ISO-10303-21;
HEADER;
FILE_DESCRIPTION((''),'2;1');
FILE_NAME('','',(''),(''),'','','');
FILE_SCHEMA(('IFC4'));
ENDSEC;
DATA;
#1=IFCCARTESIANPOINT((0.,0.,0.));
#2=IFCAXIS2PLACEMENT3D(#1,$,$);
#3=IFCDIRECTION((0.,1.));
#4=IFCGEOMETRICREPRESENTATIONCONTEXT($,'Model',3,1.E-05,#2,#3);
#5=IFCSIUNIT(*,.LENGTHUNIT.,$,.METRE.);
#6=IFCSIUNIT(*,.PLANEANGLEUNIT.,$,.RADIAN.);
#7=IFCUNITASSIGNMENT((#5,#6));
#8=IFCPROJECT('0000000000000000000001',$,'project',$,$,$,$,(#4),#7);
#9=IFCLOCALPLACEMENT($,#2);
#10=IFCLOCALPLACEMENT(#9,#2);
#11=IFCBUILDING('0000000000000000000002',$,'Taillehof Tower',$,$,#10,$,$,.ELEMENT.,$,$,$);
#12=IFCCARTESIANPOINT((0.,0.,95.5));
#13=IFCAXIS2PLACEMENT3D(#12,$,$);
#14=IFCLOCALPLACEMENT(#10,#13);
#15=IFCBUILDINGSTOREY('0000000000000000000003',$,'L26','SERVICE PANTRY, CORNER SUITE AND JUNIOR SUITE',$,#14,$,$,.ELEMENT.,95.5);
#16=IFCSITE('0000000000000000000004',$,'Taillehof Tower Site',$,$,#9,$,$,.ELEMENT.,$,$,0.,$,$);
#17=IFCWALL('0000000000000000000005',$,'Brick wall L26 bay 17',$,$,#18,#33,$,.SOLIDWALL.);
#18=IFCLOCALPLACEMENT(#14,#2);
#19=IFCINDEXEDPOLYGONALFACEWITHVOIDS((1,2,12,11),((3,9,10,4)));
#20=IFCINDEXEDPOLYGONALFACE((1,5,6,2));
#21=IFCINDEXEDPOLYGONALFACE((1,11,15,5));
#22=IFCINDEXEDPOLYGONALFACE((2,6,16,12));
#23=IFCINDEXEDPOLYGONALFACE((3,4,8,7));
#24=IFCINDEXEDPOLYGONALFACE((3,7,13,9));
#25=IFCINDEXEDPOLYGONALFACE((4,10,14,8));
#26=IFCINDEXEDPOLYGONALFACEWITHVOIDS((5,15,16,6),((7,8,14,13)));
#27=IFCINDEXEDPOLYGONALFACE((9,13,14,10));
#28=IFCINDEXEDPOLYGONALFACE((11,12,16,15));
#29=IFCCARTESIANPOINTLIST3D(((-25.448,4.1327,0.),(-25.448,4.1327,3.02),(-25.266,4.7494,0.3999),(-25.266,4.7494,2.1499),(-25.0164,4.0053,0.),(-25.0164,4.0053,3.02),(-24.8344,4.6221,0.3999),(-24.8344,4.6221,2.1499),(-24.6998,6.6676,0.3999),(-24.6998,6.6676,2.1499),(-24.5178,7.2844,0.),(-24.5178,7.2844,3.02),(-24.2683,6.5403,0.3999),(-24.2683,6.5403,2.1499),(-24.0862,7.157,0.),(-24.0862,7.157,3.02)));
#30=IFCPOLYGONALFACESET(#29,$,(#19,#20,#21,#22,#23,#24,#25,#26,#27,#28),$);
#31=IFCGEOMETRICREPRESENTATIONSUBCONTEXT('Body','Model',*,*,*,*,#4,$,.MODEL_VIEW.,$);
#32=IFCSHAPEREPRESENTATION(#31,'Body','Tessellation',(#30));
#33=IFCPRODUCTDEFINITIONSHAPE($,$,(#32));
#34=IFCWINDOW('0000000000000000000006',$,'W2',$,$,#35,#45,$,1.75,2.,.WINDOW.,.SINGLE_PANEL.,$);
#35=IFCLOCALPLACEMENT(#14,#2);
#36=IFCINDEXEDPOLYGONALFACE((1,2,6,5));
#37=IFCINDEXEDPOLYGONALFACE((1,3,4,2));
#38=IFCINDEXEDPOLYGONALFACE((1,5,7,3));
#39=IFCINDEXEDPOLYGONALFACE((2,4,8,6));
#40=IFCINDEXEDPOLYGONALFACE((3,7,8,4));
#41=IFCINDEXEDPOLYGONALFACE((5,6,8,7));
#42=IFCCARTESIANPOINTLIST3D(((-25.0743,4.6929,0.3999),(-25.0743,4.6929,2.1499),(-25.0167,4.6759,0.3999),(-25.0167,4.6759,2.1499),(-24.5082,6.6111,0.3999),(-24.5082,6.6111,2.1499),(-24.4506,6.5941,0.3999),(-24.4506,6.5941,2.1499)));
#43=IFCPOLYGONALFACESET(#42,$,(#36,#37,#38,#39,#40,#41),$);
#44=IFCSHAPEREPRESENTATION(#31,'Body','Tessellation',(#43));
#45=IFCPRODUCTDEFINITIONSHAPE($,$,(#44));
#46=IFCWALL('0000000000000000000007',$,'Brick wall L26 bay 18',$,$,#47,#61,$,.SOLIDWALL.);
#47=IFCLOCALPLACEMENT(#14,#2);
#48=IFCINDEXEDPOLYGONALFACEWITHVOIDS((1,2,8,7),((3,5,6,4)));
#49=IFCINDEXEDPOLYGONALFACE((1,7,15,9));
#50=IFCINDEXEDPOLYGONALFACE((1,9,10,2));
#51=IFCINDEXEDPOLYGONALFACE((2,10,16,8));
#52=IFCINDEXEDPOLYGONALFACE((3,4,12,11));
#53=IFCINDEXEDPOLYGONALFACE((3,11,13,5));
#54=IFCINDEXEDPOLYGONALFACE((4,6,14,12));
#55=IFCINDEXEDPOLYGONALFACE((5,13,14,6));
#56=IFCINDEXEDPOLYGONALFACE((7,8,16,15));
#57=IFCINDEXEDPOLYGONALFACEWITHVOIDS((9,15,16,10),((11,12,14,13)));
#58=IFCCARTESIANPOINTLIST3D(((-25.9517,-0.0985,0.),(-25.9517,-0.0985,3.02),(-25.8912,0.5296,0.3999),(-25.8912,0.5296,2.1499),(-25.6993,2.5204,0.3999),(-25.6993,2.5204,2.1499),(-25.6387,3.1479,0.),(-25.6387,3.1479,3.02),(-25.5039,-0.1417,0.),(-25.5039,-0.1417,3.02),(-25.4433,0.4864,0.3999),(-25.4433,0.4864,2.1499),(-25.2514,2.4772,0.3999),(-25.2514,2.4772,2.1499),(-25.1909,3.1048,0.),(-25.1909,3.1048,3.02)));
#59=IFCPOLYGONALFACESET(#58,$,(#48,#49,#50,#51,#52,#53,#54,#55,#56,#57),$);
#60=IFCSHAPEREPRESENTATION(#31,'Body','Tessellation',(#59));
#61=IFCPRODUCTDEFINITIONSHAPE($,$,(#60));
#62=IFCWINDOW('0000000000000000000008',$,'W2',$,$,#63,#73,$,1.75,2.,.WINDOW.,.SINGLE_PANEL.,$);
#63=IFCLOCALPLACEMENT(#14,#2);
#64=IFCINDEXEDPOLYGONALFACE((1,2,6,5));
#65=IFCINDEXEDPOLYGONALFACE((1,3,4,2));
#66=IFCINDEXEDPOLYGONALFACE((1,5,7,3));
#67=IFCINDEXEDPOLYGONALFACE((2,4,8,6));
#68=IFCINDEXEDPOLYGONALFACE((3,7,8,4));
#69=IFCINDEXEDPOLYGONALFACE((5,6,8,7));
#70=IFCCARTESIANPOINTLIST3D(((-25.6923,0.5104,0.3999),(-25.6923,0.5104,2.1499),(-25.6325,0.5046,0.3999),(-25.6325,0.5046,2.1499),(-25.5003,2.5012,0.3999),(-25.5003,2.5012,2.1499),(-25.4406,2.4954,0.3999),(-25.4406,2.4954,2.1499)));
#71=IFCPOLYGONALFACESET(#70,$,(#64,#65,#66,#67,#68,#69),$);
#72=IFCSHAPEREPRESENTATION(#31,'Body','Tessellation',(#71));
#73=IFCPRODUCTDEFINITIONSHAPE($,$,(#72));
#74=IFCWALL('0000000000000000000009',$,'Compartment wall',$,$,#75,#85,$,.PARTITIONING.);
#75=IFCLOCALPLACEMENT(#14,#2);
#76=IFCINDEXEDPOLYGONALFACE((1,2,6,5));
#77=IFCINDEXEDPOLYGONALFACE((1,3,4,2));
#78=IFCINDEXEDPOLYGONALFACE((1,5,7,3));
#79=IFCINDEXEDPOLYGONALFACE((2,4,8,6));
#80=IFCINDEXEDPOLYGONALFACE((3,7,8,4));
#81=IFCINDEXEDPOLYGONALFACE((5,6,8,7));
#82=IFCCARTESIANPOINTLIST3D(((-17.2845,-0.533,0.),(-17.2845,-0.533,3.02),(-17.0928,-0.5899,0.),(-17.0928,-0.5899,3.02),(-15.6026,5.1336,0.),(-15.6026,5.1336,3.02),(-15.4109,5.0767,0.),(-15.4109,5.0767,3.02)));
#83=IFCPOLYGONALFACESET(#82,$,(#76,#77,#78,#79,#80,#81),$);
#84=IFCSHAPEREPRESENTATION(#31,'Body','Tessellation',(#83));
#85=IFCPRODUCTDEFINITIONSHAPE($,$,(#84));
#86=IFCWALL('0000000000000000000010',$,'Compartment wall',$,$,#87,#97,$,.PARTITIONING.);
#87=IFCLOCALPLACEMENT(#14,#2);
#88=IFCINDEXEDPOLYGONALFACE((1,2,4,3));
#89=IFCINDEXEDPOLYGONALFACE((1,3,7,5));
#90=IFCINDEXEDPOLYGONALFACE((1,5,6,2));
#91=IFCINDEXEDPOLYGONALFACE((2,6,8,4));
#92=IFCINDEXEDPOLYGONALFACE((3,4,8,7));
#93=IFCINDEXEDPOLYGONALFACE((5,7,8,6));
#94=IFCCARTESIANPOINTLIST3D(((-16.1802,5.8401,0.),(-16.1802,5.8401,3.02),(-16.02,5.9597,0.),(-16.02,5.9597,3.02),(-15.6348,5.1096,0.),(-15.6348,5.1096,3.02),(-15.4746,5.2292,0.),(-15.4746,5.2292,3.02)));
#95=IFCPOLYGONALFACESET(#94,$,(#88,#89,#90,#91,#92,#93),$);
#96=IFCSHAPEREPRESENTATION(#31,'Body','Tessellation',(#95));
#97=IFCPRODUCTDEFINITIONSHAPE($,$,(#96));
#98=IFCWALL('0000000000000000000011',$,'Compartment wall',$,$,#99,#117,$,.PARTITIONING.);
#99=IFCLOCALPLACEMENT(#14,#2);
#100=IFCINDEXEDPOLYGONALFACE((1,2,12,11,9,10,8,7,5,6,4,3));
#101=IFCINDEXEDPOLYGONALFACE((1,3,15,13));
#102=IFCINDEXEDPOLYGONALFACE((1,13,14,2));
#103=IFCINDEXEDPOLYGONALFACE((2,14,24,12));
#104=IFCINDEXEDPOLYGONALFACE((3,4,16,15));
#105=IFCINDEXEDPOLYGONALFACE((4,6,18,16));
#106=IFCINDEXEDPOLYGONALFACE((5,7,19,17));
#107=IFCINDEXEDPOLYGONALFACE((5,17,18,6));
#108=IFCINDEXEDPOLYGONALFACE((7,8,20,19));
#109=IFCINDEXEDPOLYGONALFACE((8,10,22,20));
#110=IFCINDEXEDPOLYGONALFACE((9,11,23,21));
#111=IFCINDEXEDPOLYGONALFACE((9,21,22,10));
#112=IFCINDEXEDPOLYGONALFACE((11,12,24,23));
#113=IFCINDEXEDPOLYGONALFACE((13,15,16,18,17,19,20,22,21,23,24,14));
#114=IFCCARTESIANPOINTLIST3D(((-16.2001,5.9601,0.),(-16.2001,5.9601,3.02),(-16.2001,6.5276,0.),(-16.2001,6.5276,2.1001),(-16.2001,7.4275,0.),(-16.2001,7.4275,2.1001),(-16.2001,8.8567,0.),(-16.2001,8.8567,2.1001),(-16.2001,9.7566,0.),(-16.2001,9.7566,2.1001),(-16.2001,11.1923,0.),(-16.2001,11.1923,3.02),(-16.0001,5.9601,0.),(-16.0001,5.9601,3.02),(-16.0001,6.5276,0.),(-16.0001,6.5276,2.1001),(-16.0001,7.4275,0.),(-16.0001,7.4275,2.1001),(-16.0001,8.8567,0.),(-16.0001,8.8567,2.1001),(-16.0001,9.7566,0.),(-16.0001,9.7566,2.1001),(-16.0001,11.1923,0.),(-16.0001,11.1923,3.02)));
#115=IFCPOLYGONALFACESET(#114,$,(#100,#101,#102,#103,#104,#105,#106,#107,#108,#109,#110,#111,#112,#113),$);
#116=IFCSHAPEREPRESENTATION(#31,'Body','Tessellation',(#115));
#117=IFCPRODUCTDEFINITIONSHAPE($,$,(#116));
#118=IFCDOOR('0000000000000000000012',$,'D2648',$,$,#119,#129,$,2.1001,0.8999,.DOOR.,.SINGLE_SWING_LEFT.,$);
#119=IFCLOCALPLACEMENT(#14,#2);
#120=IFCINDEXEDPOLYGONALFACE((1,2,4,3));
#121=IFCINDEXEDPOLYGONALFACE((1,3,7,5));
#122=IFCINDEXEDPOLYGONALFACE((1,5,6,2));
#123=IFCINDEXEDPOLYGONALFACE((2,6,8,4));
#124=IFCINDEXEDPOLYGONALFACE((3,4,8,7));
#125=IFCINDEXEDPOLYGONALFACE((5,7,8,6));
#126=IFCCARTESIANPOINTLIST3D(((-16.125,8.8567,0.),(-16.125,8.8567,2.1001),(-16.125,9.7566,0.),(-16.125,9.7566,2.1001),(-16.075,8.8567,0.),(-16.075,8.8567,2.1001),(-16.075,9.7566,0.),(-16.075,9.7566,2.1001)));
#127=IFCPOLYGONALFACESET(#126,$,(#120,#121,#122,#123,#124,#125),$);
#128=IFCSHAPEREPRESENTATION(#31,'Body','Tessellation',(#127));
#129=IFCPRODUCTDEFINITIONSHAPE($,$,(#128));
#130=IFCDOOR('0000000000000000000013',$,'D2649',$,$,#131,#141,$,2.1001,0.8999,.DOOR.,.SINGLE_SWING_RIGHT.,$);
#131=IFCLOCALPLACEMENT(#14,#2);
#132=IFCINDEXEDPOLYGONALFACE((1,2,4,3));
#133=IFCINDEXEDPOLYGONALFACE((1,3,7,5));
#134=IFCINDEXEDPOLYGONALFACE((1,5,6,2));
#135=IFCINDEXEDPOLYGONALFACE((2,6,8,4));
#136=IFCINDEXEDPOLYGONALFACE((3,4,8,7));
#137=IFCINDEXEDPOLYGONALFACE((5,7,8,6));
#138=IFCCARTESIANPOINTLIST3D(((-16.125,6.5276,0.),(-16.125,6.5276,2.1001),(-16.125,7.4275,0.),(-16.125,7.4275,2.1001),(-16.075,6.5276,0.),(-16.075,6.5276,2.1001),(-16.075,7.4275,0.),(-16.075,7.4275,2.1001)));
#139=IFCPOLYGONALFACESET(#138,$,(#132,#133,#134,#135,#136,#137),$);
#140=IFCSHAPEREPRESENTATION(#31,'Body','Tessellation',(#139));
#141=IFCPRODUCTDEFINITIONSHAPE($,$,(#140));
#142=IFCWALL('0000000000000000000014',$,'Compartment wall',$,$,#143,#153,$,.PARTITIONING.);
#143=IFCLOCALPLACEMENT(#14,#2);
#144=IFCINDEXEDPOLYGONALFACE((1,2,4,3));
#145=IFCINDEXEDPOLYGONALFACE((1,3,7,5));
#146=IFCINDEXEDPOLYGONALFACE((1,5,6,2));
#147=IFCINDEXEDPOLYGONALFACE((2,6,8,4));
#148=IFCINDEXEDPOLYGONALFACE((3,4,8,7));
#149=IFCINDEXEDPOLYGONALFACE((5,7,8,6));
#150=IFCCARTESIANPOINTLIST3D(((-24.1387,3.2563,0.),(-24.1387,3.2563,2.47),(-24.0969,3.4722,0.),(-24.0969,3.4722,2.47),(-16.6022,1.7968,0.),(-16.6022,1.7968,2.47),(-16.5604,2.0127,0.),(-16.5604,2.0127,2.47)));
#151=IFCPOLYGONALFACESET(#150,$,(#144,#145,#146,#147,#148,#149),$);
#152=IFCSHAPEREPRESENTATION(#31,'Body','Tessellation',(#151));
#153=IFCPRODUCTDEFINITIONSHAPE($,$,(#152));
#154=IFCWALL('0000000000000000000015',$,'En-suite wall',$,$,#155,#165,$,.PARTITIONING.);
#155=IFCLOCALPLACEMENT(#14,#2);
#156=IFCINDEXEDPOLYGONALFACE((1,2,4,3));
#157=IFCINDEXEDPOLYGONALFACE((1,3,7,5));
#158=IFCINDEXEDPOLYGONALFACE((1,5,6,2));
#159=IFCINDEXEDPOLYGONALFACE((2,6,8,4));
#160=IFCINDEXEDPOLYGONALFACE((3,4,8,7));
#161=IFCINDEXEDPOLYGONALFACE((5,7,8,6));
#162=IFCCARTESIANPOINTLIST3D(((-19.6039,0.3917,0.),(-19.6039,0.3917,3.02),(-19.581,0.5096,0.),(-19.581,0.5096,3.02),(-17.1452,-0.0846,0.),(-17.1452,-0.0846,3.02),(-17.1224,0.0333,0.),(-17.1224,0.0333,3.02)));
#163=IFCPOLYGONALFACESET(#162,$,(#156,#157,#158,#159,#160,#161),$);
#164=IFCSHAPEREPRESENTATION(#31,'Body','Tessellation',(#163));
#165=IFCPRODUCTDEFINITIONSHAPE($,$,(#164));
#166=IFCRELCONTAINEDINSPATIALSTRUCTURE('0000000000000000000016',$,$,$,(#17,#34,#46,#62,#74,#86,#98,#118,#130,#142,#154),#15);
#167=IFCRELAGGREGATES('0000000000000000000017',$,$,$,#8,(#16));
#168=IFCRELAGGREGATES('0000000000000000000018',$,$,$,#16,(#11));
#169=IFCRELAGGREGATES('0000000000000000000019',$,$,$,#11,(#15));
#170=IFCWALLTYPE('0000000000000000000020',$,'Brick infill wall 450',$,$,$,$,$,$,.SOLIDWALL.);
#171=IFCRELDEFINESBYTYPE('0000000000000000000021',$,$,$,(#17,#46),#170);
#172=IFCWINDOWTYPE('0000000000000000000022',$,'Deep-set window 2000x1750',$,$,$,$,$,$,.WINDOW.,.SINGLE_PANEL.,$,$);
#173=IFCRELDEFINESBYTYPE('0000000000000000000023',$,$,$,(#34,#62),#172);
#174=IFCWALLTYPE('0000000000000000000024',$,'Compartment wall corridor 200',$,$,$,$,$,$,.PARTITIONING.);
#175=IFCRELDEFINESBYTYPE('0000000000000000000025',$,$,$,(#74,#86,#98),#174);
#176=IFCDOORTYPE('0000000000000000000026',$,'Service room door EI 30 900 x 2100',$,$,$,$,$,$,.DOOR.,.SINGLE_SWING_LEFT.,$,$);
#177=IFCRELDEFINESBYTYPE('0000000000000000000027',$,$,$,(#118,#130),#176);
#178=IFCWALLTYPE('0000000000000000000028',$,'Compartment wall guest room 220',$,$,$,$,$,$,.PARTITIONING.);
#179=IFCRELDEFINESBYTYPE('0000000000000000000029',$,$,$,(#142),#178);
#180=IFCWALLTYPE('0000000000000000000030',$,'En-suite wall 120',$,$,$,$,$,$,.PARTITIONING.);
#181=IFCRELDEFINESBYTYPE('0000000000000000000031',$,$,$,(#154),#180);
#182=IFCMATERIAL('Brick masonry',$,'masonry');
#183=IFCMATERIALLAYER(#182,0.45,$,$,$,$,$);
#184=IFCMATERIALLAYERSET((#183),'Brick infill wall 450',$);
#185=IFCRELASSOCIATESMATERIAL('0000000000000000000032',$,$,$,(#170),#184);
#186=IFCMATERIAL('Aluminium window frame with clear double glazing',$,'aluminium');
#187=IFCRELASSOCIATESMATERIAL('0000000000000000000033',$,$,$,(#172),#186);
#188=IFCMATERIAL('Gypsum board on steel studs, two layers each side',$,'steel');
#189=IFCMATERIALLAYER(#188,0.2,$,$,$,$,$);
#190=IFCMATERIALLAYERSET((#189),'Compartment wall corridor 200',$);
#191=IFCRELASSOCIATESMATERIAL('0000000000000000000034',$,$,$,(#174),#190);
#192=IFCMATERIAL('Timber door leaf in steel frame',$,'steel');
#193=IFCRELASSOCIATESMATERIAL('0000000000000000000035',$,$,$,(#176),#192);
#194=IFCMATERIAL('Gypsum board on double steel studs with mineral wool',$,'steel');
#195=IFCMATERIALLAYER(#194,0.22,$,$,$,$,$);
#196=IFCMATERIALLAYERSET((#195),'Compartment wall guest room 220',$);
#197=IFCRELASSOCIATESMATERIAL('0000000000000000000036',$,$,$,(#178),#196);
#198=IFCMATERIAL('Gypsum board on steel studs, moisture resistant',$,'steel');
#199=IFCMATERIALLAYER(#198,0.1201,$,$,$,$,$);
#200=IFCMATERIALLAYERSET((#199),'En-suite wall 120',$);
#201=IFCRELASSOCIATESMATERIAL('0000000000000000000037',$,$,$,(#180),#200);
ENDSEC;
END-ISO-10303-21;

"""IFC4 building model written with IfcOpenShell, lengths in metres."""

from ifc_helpers import new_model, si_unit, direction, frame, frame_2d, origin, place, context, subcontext, project, spatial, rectangle, extrude, material, layer, layer_set, type_object, element, fill, save


model = new_model("IFC4")

# Units and contexts
model_context = context("Model", 3, precision=1e-05, world=origin(), true_north=direction((0.0, 1.0)))
body_context = subcontext(model_context, "Body", "Model", "MODEL_VIEW")
ifc_project = project(units=[si_unit("LENGTHUNIT", "METRE"), si_unit("PLANEANGLEUNIT", "RADIAN")], contexts=[model_context])

# Site, building, storey
site_placement = place(None, origin())
site = spatial("IfcSite", under=ifc_project, at=site_placement, Name="Taillehof Tower Site", CompositionType="ELEMENT", RefElevation=0.0)
building_placement = place(site_placement, origin())
building = spatial("IfcBuilding", under=site, at=building_placement, Name="Taillehof Tower", CompositionType="ELEMENT")
storey_placement = place(building_placement, frame((0.0, 0.0, 95.5)))
storey = spatial("IfcBuildingStorey", under=building, at=storey_placement, Name="L26", Description="SERVICE PANTRY, CORNER SUITE AND JUNIOR SUITE", CompositionType="ELEMENT", Elevation=95.5)

# Walls, openings, windows
ifc_material_1 = material(Name="Brick masonry", Category="masonry")
ifc_layer_1 = layer(ifc_material_1, 0.45)
ifc_layer_set_1 = layer_set([ifc_layer_1], Name="Brick infill wall 450")
wall_type_1 = type_object("IfcWallType", Name="Brick infill wall 450", PredefinedType="SOLIDWALL", material=ifc_layer_set_1)
wall_1_placement = place(storey_placement, frame((-24.302, 7.2207, 0.0), z_axis=(0.0, 0.0, 1.0), x_axis=(-0.283071, -0.959099, 0.0)))
wall_1 = element("IfcWall", 1, at=wall_1_placement, inside=storey, type_object=wall_type_1, Name="Brick wall L26 bay 17", PredefinedType="SOLIDWALL", context=body_context, shape_type="SweptSolid", body=[
    extrude(rectangle(XDim=3.2861, YDim=0.45, at=frame_2d((1.6431, 0.0))), origin(), (0.0, 0.0, 1.0), 3.02),
])
opening_1_placement = place(wall_1_placement, frame((0.6431, 0.0, 0.3999)))
opening_1 = element("IfcOpeningElement", 2, at=opening_1_placement, cuts=wall_1, PredefinedType="OPENING", context=body_context, shape_type="SweptSolid", body=[
    extrude(rectangle(XDim=2.0, YDim=1.75, at=frame_2d((1.0, 0.875))), frame((0.0, 0.2349, 0.0), z_axis=(0.0, -1.0, 0.0), x_axis=(1.0, 0.0, 0.0)), (0.0, 0.0, 1.0), 0.47),
])
ifc_material_2 = material(Name="Aluminium window frame with clear double glazing", Category="aluminium")
window_type = type_object("IfcWindowType", Name="Deep-set window 2000x1750", PartitioningType="SINGLE_PANEL", PredefinedType="WINDOW", material=ifc_material_2)
window_1_placement = place(opening_1_placement, origin())
window_1 = element("IfcWindow", 3, at=window_1_placement, inside=storey, type_object=window_type, Name="W2", OverallHeight=1.75, OverallWidth=2.0, PartitioningType="SINGLE_PANEL", PredefinedType="WINDOW", context=body_context, shape_type="SweptSolid", body=[
    extrude(rectangle(XDim=2.0, YDim=1.75, at=frame_2d((1.0, 0.875))), frame((0.0, 0.0349, 0.0), z_axis=(0.0, -1.0, 0.0), x_axis=(1.0, 0.0, 0.0)), (0.0, 0.0, 1.0), 0.0601),
])
fill(opening_1, window_1)
wall_2_placement = place(storey_placement, frame((-25.4148, 3.1265, 0.0), z_axis=(0.0, 0.0, 1.0), x_axis=(-0.095968, -0.995384, 0.0)))
wall_2 = element("IfcWall", 4, at=wall_2_placement, inside=storey, type_object=wall_type_1, Name="Brick wall L26 bay 18", PredefinedType="SOLIDWALL", context=body_context, shape_type="SweptSolid", body=[
    extrude(rectangle(XDim=3.2615, YDim=0.45, at=frame_2d((1.6309, 0.0))), origin(), (0.0, 0.0, 1.0), 3.02),
])
opening_2_placement = place(wall_2_placement, frame((0.6306, 0.0, 0.3999)))
opening_2 = element("IfcOpeningElement", 5, at=opening_2_placement, cuts=wall_2, PredefinedType="OPENING", context=body_context, shape_type="SweptSolid", body=[
    extrude(rectangle(XDim=2.0, YDim=1.75, at=frame_2d((1.0, 0.875))), frame((0.0, 0.2349, 0.0), z_axis=(0.0, -1.0, 0.0), x_axis=(1.0, 0.0, 0.0)), (0.0, 0.0, 1.0), 0.47),
])
window_2_placement = place(opening_2_placement, origin())
window_2 = element("IfcWindow", 6, at=window_2_placement, inside=storey, type_object=window_type, Name="W2", OverallHeight=1.75, OverallWidth=2.0, PartitioningType="SINGLE_PANEL", PredefinedType="WINDOW", context=body_context, shape_type="SweptSolid", body=[
    extrude(rectangle(XDim=2.0, YDim=1.75, at=frame_2d((1.0, 0.875))), frame((0.0, 0.0349, 0.0), z_axis=(0.0, -1.0, 0.0), x_axis=(1.0, 0.0, 0.0)), (0.0, 0.0, 1.0), 0.0601),
])
fill(opening_2, window_2)

# Walls
ifc_material_3 = material(Name="Gypsum board on steel studs, two layers each side", Category="steel")
ifc_layer_2 = layer(ifc_material_3, 0.2)
ifc_layer_set_2 = layer_set([ifc_layer_2], Name="Compartment wall corridor 200")
wall_type_2 = type_object("IfcWallType", Name="Compartment wall corridor 200", PredefinedType="PARTITIONING", material=ifc_layer_set_2)
wall_3_placement = place(storey_placement, frame((-17.1887, -0.5615, 0.0), z_axis=(0.0, 0.0, 1.0), x_axis=(0.284543, 0.958663, 0.0)))
element("IfcWall", 7, at=wall_3_placement, inside=storey, type_object=wall_type_2, Name="Compartment wall", PredefinedType="PARTITIONING", context=body_context, shape_type="SweptSolid", body=[
    extrude(rectangle(XDim=5.9109, YDim=0.2, at=frame_2d((2.9556, 0.0))), origin(), (0.0, 0.0, 1.0), 3.02),
])
wall_4_placement = place(storey_placement, frame((-15.5547, 5.1694, 0.0), z_axis=(0.0, 0.0, 1.0), x_axis=(-0.598285, 0.801284, 0.0)))
element("IfcWall", 8, at=wall_4_placement, inside=storey, type_object=wall_type_2, Name="Compartment wall", PredefinedType="PARTITIONING", context=body_context, shape_type="SweptSolid", body=[
    extrude(rectangle(XDim=0.9116, YDim=0.2, at=frame_2d((0.4558, 0.0))), origin(), (0.0, 0.0, 1.0), 3.02),
])

# Wall, openings, doors
wall_5_placement = place(storey_placement, frame((-16.1001, 5.96, 0.0), z_axis=(0.0, 0.0, 1.0), x_axis=(0.0, 1.0, 0.0)))
wall_5 = element("IfcWall", 9, at=wall_5_placement, inside=storey, type_object=wall_type_2, Name="Compartment wall", PredefinedType="PARTITIONING", context=body_context, shape_type="SweptSolid", body=[
    extrude(rectangle(XDim=5.2322, YDim=0.2, at=frame_2d((2.6162, 0.0))), origin(), (0.0, 0.0, 1.0), 3.02),
])
opening_3_placement = place(wall_5_placement, frame((2.8967, 0.0, 0.0)))
opening_3 = element("IfcOpeningElement", 10, at=opening_3_placement, cuts=wall_5, PredefinedType="OPENING", context=body_context, shape_type="SweptSolid", body=[
    extrude(rectangle(XDim=0.8999, YDim=2.1001, at=frame_2d((0.45, 1.05))), frame((0.0, 0.1099, 0.0), z_axis=(0.0, -1.0, 0.0), x_axis=(1.0, 0.0, 0.0)), (0.0, 0.0, 1.0), 0.22),
])
opening_4_placement = place(wall_5_placement, frame((0.5676, 0.0, 0.0)))
opening_4 = element("IfcOpeningElement", 11, at=opening_4_placement, cuts=wall_5, PredefinedType="OPENING", context=body_context, shape_type="SweptSolid", body=[
    extrude(rectangle(XDim=0.8999, YDim=2.1001, at=frame_2d((0.45, 1.05))), frame((0.0, 0.1099, 0.0), z_axis=(0.0, -1.0, 0.0), x_axis=(1.0, 0.0, 0.0)), (0.0, 0.0, 1.0), 0.22),
])
ifc_material_4 = material(Name="Timber door leaf in steel frame", Category="steel")
door_type_1 = type_object("IfcDoorType", Name="Service room door EI 30 900 x 2100", OperationType="SINGLE_SWING_LEFT", PredefinedType="DOOR", material=ifc_material_4)
door_1_placement = place(opening_3_placement, origin())
door_1 = element("IfcDoor", 12, at=door_1_placement, inside=storey, type_object=door_type_1, Name="D2648", OperationType="SINGLE_SWING_LEFT", OverallHeight=2.1001, OverallWidth=0.8999, PredefinedType="DOOR", context=body_context, shape_type="SweptSolid", body=[
    extrude(rectangle(XDim=0.8999, YDim=2.1001, at=frame_2d((0.45, 1.05))), frame((0.0, 0.0249, 0.0), z_axis=(0.0, -1.0, 0.0), x_axis=(1.0, 0.0, 0.0)), (0.0, 0.0, 1.0), 0.05),
])
fill(opening_3, door_1)
door_2_placement = place(opening_4_placement, origin())
door_2 = element("IfcDoor", 13, at=door_2_placement, inside=storey, type_object=door_type_1, Name="D2649", OperationType="SINGLE_SWING_RIGHT", OverallHeight=2.1001, OverallWidth=0.8999, PredefinedType="DOOR", context=body_context, shape_type="SweptSolid", body=[
    extrude(rectangle(XDim=0.8999, YDim=2.1001, at=frame_2d((0.45, 1.05))), frame((0.0, 0.0249, 0.0), z_axis=(0.0, -1.0, 0.0), x_axis=(1.0, 0.0, 0.0)), (0.0, 0.0, 1.0), 0.05),
])
fill(opening_4, door_2)

# Walls
ifc_material_5 = material(Name="Gypsum board on double steel studs with mineral wool", Category="steel")
ifc_layer_3 = layer(ifc_material_5, 0.22)
ifc_layer_set_3 = layer_set([ifc_layer_3], Name="Compartment wall guest room 220")
wall_type_3 = type_object("IfcWallType", Name="Compartment wall guest room 220", PredefinedType="PARTITIONING", material=ifc_layer_set_3)
wall_6_placement = place(storey_placement, frame((-24.1179, 3.3643, 0.0), z_axis=(0.0, 0.0, 1.0), x_axis=(0.98176, -0.190125, 0.0)))
element("IfcWall", 14, at=wall_6_placement, inside=storey, type_object=wall_type_3, Name="Compartment wall", PredefinedType="PARTITIONING", context=body_context, shape_type="SweptSolid", body=[
    extrude(rectangle(XDim=7.6765, YDim=0.22, at=frame_2d((3.8384, 0.0))), origin(), (0.0, 0.0, 1.0), 2.47),
])
ifc_material_6 = material(Name="Gypsum board on steel studs, moisture resistant", Category="steel")
ifc_layer_4 = layer(ifc_material_6, 0.1201)
ifc_layer_set_4 = layer_set([ifc_layer_4], Name="En-suite wall 120")
wall_type_4 = type_object("IfcWallType", Name="En-suite wall 120", PredefinedType="PARTITIONING", material=ifc_layer_set_4)
wall_7_placement = place(storey_placement, frame((-17.1338, -0.0256, 0.0), z_axis=(0.0, 0.0, 1.0), x_axis=(-0.981748, 0.190189, 0.0)))
element("IfcWall", 15, at=wall_7_placement, inside=storey, type_object=wall_type_4, Name="En-suite wall", PredefinedType="PARTITIONING", context=body_context, shape_type="SweptSolid", body=[
    extrude(rectangle(XDim=2.5044, YDim=0.1201, at=frame_2d((1.2522, 0.0))), origin(), (0.0, 0.0, 1.0), 3.02),
])

save(model, "model.ifc")
